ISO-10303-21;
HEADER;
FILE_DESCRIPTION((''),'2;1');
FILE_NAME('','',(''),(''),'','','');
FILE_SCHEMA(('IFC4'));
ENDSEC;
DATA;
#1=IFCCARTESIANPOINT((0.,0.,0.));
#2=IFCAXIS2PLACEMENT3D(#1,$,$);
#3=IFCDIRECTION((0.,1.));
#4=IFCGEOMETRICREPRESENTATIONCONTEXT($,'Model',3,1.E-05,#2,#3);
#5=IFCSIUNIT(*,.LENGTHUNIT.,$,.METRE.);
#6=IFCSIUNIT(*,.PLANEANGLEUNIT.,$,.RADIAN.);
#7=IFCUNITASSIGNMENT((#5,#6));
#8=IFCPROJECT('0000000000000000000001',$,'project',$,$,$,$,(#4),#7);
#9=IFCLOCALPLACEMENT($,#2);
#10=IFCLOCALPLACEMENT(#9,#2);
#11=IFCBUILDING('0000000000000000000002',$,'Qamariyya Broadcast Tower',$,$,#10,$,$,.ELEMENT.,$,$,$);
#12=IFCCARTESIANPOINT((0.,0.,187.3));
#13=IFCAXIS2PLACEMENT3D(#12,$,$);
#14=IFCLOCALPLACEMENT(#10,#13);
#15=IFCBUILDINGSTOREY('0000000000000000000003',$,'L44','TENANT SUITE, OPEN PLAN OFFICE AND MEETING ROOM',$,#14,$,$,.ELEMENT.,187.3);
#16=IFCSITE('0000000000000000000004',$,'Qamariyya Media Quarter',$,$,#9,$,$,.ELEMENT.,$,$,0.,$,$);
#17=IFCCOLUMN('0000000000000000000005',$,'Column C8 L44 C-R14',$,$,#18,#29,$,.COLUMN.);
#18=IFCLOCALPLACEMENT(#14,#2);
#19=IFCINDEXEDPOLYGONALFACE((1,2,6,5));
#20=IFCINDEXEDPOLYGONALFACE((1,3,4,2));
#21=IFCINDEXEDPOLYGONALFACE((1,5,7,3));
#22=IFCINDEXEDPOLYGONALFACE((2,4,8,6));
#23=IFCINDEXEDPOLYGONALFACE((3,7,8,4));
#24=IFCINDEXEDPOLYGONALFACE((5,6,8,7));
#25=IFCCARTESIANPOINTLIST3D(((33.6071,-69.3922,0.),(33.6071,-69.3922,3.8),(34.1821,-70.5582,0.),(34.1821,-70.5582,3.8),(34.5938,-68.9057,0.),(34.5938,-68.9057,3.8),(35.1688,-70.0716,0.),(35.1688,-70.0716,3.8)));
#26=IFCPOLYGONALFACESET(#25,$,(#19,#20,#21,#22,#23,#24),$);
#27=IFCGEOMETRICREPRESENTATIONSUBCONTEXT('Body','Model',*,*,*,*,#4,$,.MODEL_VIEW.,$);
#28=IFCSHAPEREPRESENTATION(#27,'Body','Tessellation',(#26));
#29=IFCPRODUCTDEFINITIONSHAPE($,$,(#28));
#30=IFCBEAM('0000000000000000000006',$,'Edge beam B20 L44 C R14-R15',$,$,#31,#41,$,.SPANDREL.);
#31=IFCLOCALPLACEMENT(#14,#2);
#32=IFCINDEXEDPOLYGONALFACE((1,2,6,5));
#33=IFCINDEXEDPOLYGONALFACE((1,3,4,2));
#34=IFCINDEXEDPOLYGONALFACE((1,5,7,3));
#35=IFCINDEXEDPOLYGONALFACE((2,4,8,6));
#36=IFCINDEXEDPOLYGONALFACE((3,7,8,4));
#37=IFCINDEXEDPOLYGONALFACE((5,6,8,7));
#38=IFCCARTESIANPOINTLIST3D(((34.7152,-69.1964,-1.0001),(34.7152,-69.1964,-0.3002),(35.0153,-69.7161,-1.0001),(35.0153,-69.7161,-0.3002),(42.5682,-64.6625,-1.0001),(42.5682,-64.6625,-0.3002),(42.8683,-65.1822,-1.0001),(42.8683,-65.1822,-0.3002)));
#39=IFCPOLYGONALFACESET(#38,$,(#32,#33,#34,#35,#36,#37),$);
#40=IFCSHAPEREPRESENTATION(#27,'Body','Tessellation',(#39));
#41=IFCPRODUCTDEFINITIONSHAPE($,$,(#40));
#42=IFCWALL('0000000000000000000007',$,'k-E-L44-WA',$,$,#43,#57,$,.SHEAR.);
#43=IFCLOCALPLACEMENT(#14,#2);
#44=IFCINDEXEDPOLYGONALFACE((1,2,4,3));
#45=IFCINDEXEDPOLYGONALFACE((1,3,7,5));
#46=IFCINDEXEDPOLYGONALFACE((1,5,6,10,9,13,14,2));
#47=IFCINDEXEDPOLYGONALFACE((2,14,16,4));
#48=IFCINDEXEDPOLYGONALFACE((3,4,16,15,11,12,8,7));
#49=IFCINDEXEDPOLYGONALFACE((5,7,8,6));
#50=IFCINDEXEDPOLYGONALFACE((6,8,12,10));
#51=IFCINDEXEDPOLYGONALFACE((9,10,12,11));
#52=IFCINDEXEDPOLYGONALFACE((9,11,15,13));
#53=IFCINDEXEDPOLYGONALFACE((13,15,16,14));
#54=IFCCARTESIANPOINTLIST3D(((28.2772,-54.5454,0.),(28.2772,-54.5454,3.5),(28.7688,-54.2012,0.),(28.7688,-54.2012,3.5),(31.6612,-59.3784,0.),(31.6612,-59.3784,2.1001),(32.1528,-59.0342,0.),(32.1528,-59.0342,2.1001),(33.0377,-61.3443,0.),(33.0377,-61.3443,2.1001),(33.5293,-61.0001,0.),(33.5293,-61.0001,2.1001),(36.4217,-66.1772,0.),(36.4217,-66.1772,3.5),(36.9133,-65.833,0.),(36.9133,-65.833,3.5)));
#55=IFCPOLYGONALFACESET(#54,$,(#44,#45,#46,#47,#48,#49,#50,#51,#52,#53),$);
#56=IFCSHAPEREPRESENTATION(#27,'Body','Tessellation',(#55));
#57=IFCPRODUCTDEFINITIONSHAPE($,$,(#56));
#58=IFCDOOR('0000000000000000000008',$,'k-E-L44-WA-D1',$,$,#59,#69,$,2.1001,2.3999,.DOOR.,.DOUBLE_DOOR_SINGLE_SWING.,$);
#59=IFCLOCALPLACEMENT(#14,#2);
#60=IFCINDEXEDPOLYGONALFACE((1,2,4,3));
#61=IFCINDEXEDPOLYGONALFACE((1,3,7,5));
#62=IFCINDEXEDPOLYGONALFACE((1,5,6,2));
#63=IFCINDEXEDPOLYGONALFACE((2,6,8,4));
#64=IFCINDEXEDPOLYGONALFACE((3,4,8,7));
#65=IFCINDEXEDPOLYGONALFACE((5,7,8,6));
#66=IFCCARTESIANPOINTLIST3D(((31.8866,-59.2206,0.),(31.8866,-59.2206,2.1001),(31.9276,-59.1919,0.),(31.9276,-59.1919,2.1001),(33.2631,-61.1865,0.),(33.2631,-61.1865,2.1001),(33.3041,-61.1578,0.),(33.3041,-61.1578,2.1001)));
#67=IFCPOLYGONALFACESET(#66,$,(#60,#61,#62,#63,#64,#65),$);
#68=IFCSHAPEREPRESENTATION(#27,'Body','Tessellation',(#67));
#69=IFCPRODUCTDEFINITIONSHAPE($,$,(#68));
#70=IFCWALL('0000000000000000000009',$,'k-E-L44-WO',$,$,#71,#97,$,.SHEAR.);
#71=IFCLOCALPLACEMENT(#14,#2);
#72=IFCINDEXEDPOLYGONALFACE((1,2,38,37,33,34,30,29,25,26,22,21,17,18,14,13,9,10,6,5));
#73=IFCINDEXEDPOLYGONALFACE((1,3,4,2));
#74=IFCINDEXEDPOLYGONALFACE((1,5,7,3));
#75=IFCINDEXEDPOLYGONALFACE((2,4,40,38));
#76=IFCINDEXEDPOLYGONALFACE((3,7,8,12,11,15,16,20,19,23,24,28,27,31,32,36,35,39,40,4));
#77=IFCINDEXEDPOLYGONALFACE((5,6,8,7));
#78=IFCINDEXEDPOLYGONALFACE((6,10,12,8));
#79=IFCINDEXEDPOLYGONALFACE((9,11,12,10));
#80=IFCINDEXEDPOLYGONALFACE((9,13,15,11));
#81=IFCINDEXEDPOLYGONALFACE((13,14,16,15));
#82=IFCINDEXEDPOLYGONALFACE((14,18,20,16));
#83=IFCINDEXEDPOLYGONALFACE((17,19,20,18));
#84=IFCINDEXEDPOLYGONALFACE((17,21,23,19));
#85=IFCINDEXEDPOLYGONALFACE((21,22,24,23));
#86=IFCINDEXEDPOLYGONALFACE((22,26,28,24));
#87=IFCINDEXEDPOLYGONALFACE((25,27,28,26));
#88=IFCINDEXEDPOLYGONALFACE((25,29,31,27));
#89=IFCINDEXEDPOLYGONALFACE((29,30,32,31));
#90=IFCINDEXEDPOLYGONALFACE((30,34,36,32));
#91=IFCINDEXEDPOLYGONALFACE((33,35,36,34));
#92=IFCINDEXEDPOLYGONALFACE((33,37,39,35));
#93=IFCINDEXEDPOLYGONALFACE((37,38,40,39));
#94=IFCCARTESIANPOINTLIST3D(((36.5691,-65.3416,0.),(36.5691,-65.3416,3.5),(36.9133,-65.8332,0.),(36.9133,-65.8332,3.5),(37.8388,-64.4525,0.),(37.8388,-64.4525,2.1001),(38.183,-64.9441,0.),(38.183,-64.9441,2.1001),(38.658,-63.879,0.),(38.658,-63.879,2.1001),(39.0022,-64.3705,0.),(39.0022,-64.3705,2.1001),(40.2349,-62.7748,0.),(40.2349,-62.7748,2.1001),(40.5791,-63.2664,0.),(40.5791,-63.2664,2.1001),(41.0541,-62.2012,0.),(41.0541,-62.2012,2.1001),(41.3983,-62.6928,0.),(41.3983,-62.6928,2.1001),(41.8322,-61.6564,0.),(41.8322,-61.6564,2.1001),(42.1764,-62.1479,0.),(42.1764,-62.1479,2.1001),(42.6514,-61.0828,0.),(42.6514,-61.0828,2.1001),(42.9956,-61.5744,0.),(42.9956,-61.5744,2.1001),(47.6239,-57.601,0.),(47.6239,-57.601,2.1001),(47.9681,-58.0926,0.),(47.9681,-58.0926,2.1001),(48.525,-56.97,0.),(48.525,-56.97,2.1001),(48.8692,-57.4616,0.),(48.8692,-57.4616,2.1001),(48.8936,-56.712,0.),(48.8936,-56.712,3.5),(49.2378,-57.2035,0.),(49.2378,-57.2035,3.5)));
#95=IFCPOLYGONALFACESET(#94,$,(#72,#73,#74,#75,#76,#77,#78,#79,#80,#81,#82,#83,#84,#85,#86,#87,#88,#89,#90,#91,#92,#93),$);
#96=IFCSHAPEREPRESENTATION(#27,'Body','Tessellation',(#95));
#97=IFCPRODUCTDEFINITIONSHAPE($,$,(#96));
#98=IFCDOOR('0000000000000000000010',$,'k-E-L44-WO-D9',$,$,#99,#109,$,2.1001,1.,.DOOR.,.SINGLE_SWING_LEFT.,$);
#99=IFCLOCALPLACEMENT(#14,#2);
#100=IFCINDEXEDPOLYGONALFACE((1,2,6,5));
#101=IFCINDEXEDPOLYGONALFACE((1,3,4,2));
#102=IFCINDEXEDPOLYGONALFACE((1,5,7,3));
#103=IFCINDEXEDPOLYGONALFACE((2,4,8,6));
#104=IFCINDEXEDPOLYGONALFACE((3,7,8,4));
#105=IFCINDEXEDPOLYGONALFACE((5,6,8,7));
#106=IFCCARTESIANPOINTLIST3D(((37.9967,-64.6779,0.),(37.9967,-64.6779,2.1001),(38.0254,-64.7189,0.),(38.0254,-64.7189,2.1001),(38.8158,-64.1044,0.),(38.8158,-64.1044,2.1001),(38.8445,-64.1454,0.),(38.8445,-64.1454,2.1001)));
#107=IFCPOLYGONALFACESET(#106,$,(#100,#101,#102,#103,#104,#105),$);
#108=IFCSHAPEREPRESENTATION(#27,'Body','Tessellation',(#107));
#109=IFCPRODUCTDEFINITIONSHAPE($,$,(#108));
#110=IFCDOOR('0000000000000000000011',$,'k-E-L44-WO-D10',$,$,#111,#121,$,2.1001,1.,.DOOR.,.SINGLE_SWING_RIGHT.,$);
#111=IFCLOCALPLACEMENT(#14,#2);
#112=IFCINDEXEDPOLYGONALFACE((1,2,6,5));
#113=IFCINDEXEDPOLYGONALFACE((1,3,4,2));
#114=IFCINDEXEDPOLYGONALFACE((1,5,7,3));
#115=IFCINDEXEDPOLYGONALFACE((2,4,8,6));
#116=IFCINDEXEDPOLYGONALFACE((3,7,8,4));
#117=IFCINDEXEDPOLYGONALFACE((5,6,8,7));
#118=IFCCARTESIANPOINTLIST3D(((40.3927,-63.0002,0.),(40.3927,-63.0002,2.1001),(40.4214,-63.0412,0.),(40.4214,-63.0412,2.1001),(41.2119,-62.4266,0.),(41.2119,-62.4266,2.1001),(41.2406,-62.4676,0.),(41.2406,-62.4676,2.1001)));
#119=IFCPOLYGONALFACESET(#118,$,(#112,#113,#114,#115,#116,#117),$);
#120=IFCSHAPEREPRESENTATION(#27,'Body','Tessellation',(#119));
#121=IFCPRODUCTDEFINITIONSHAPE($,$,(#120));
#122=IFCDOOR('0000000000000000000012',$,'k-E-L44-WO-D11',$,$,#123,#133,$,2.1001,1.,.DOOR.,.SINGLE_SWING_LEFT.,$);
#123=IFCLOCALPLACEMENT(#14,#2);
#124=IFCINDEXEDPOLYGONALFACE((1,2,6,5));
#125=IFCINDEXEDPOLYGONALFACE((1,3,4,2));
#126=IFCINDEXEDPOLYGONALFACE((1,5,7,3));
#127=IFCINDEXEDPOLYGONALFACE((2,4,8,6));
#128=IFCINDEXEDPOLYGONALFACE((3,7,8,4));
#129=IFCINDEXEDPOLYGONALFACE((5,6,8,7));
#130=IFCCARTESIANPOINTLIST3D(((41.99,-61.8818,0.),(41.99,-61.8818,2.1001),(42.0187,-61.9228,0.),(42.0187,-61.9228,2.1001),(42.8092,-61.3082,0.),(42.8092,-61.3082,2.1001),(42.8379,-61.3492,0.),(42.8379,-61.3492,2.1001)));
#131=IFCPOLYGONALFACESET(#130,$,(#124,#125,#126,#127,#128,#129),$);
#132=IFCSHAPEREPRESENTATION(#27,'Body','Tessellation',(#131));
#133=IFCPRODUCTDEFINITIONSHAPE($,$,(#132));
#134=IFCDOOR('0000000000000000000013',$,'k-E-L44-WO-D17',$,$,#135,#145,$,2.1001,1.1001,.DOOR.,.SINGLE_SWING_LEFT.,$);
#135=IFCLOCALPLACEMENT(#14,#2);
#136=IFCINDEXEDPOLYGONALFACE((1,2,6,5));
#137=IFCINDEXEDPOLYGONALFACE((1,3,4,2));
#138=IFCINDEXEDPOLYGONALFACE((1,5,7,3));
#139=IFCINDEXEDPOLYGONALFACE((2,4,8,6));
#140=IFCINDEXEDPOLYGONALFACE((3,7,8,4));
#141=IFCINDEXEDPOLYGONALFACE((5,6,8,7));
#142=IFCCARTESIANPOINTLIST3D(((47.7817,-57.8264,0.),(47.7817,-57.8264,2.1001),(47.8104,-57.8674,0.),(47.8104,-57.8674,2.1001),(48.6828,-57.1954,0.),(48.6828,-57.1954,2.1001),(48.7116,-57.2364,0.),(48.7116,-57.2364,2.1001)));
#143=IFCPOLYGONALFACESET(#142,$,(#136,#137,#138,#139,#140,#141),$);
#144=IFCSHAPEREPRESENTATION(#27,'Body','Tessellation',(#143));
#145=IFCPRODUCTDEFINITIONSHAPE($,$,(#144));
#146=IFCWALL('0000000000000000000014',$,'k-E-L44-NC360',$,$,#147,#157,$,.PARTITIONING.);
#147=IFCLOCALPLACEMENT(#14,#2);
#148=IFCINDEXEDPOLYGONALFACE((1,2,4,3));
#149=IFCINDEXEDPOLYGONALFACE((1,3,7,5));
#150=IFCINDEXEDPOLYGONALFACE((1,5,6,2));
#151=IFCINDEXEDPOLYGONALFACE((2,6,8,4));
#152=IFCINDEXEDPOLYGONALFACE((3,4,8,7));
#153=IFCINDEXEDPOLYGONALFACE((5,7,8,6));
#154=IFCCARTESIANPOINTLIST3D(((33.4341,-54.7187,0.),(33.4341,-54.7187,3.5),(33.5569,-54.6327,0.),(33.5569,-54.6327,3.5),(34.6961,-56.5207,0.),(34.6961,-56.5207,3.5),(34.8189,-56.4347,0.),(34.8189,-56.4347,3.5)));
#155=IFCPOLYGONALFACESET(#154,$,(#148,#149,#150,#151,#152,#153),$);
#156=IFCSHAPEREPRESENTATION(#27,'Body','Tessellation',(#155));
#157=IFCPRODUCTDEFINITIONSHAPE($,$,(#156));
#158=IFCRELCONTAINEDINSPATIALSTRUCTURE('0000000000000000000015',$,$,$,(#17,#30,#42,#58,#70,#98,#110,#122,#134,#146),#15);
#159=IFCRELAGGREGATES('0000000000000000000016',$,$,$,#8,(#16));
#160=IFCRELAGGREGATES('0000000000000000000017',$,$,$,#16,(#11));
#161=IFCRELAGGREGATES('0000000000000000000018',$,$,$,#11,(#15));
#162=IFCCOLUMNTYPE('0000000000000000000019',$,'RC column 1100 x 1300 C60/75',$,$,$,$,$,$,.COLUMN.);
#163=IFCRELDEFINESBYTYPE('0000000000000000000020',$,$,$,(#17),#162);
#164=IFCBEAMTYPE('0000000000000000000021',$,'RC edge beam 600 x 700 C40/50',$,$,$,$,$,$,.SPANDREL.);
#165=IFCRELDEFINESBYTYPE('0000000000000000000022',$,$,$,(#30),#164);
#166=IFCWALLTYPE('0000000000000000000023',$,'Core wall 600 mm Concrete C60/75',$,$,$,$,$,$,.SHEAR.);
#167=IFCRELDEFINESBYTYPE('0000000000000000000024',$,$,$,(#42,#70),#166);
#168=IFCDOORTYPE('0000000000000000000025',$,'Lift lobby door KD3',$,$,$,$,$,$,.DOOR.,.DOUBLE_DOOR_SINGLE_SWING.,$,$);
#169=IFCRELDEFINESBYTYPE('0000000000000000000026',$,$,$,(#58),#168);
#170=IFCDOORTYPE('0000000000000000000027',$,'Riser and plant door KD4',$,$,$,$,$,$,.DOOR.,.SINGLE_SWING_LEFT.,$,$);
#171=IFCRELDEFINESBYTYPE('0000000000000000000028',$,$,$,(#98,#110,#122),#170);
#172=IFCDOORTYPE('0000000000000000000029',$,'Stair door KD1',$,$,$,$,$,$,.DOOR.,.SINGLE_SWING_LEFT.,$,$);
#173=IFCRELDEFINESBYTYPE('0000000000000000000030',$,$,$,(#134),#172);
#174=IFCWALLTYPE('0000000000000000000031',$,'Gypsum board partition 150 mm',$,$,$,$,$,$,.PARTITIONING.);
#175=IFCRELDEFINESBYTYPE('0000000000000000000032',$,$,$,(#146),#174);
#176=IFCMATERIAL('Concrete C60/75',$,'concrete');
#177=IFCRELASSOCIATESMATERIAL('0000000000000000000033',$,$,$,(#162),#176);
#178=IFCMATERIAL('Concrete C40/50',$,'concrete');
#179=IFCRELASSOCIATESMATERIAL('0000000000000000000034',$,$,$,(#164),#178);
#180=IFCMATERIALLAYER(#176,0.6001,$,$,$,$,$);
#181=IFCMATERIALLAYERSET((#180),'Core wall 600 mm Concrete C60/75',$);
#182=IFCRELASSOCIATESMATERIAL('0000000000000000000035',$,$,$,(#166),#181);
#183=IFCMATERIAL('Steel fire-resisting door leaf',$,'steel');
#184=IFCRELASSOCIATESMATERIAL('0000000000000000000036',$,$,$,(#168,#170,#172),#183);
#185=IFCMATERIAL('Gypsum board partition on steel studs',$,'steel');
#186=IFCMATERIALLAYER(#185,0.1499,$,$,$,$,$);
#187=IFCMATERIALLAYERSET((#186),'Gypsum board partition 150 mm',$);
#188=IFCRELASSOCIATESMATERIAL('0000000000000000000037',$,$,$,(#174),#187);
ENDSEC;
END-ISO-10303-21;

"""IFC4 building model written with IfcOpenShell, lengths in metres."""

from ifc_helpers import new_model, si_unit, direction, frame, frame_2d, origin, origin_2d, place, context, subcontext, project, spatial, rectangle, extrude, material, layer, layer_set, material_profile, profile_set, type_object, element, fill, save


model = new_model("IFC4")

# Units and contexts
model_context = context("Model", 3, precision=1e-05, world=origin(), true_north=direction((0.0, 1.0)))
body_context = subcontext(model_context, "Body", "Model", "MODEL_VIEW")
ifc_project = project(units=[si_unit("LENGTHUNIT", "METRE"), si_unit("PLANEANGLEUNIT", "RADIAN")], contexts=[model_context])

# Site, building, storey
site_placement = place(None, origin())
site = spatial("IfcSite", under=ifc_project, at=site_placement, Name="Qamariyya Media Quarter", CompositionType="ELEMENT", RefElevation=0.0)
building_placement = place(site_placement, origin())
building = spatial("IfcBuilding", under=site, at=building_placement, Name="Qamariyya Broadcast Tower", CompositionType="ELEMENT")
storey_placement = place(building_placement, frame((0.0, 0.0, 187.3)))
storey = spatial("IfcBuildingStorey", under=building, at=storey_placement, Name="L44", Description="TENANT SUITE, OPEN PLAN OFFICE AND MEETING ROOM", CompositionType="ELEMENT", Elevation=187.3)

# Column
ifc_material_1 = material(Name="Concrete C60/75", Category="concrete")
ifc_material_profile_1 = material_profile(ifc_material_1, rectangle(XDim=1.1001, YDim=1.3, at=origin_2d()))
ifc_profile_set_1 = profile_set([ifc_material_profile_1], Name="Concrete C60/75")
column_type = type_object("IfcColumnType", Name="RC column 1100 x 1300 C60/75", PredefinedType="COLUMN", material=ifc_profile_set_1)
column_placement = place(storey_placement, frame((34.3879, -69.7319, 0.0), z_axis=(0.0, 0.0, 1.0), x_axis=(0.896873, 0.442289, 0.0)))
element("IfcColumn", 1, at=column_placement, inside=storey, type_object=column_type, Name="Column C8 L44 C-R14", PredefinedType="COLUMN", context=body_context, shape_type="SweptSolid", body=[
    extrude(rectangle(XDim=1.1001, YDim=1.3, at=origin_2d()), origin(), (0.0, 0.0, 1.0), 3.8),
])

# Beam
ifc_material_2 = material(Name="Concrete C40/50", Category="concrete")
ifc_material_profile_2 = material_profile(ifc_material_2, rectangle(XDim=0.6001, YDim=0.7, at=origin_2d()))
ifc_profile_set_2 = profile_set([ifc_material_profile_2], Name="Concrete C40/50")
beam_type = type_object("IfcBeamType", Name="RC edge beam 600 x 700 C40/50", PredefinedType="SPANDREL", material=ifc_profile_set_2)
beam_placement = place(storey_placement, frame((34.8652, -69.4563, -0.6501), z_axis=(0.866026, 0.499999, 0.0), x_axis=(-0.499999, 0.866026, 0.0)))
element("IfcBeam", 2, at=beam_placement, inside=storey, type_object=beam_type, Name="Edge beam B20 L44 C R14-R15", PredefinedType="SPANDREL", context=body_context, shape_type="SweptSolid", body=[
    extrude(rectangle(XDim=0.6001, YDim=0.7, at=origin_2d()), origin(), (0.0, 0.0, 1.0), 9.0679),
])

# Wall, opening, door
ifc_layer_1 = layer(ifc_material_1, 0.6001)
ifc_layer_set_1 = layer_set([ifc_layer_1], Name="Core wall 600 mm Concrete C60/75")
wall_type_1 = type_object("IfcWallType", Name="Core wall 600 mm Concrete C60/75", PredefinedType="SHEAR", material=ifc_layer_set_1)
wall_1_placement = place(storey_placement, frame((36.6675, -66.0051, 0.0), z_axis=(0.0, 0.0, 1.0), x_axis=(-0.573568, 0.819158, 0.0)))
wall_1 = element("IfcWall", 3, at=wall_1_placement, inside=storey, type_object=wall_type_1, Name="k-E-L44-WA", PredefinedType="SHEAR", context=body_context, shape_type="SweptSolid", body=[
    extrude(rectangle(XDim=14.1997, YDim=0.6001, at=frame_2d((7.0999, 0.0))), origin(), (0.0, 0.0, 1.0), 3.5),
])
opening_1_placement = place(wall_1_placement, frame((5.8999, 0.0, 0.0)))
opening_1 = element("IfcOpeningElement", 4, at=opening_1_placement, cuts=wall_1, PredefinedType="OPENING", context=body_context, shape_type="SweptSolid", body=[
    extrude(rectangle(XDim=2.3999, YDim=2.1001, at=frame_2d((1.2, 1.05))), frame((0.0, 0.3101, 0.0), z_axis=(0.0, -1.0, 0.0), x_axis=(1.0, 0.0, 0.0)), (0.0, 0.0, 1.0), 0.6201),
])
ifc_material_3 = material(Name="Steel fire-resisting door leaf", Category="steel")
door_type_1 = type_object("IfcDoorType", Name="Lift lobby door KD3", OperationType="DOUBLE_DOOR_SINGLE_SWING", PredefinedType="DOOR", material=ifc_material_3)
door_1_placement = place(opening_1_placement, origin())
door_1 = element("IfcDoor", 5, at=door_1_placement, inside=storey, type_object=door_type_1, Name="k-E-L44-WA-D1", OperationType="DOUBLE_DOOR_SINGLE_SWING", OverallHeight=2.1001, OverallWidth=2.3999, PredefinedType="DOOR", context=body_context, shape_type="SweptSolid", body=[
    extrude(rectangle(XDim=2.3999, YDim=2.1001, at=frame_2d((1.2, 1.05))), frame((0.0, 0.0249, 0.0), z_axis=(0.0, -1.0, 0.0), x_axis=(1.0, 0.0, 0.0)), (0.0, 0.0, 1.0), 0.05),
])
fill(opening_1, door_1)

# Wall, openings, doors
wall_2_placement = place(storey_placement, frame((36.7412, -65.5874, 0.0), z_axis=(0.0, 0.0, 1.0), x_axis=(0.819153, 0.573575, 0.0)))
wall_2 = element("IfcWall", 6, at=wall_2_placement, inside=storey, type_object=wall_type_1, Name="k-E-L44-WO", PredefinedType="SHEAR", context=body_context, shape_type="SweptSolid", body=[
    extrude(rectangle(XDim=15.0454, YDim=0.6001, at=frame_2d((7.5227, 0.0))), origin(), (0.0, 0.0, 1.0), 3.5),
])
opening_2_placement = place(wall_2_placement, frame((1.55, 0.0, 0.0)))
opening_2 = element("IfcOpeningElement", 7, at=opening_2_placement, cuts=wall_2, PredefinedType="OPENING", context=body_context, shape_type="SweptSolid", body=[
    extrude(rectangle(XDim=1.0, YDim=2.1001, at=frame_2d((0.5, 1.05))), frame((0.0, 0.3101, 0.0), z_axis=(0.0, -1.0, 0.0), x_axis=(1.0, 0.0, 0.0)), (0.0, 0.0, 1.0), 0.6201),
])
opening_3_placement = place(wall_2_placement, frame((4.4751, 0.0, 0.0)))
opening_3 = element("IfcOpeningElement", 8, at=opening_3_placement, cuts=wall_2, PredefinedType="OPENING", context=body_context, shape_type="SweptSolid", body=[
    extrude(rectangle(XDim=1.0, YDim=2.1001, at=frame_2d((0.5, 1.05))), frame((0.0, 0.3101, 0.0), z_axis=(0.0, -1.0, 0.0), x_axis=(1.0, 0.0, 0.0)), (0.0, 0.0, 1.0), 0.6201),
])
opening_4_placement = place(wall_2_placement, frame((6.425, 0.0, 0.0)))
opening_4 = element("IfcOpeningElement", 9, at=opening_4_placement, cuts=wall_2, PredefinedType="OPENING", context=body_context, shape_type="SweptSolid", body=[
    extrude(rectangle(XDim=1.0, YDim=2.1001, at=frame_2d((0.5, 1.05))), frame((0.0, 0.3101, 0.0), z_axis=(0.0, -1.0, 0.0), x_axis=(1.0, 0.0, 0.0)), (0.0, 0.0, 1.0), 0.6201),
])
opening_5_placement = place(wall_2_placement, frame((13.4954, 0.0, 0.0)))
opening_5 = element("IfcOpeningElement", 10, at=opening_5_placement, cuts=wall_2, PredefinedType="OPENING", context=body_context, shape_type="SweptSolid", body=[
    extrude(rectangle(XDim=1.1001, YDim=2.1001, at=frame_2d((0.55, 1.05))), frame((0.0, 0.3101, 0.0), z_axis=(0.0, -1.0, 0.0), x_axis=(1.0, 0.0, 0.0)), (0.0, 0.0, 1.0), 0.6201),
])
door_type_2 = type_object("IfcDoorType", Name="Riser and plant door KD4", OperationType="SINGLE_SWING_LEFT", PredefinedType="DOOR", material=ifc_material_3)
door_2_placement = place(opening_2_placement, origin())
door_2 = element("IfcDoor", 11, at=door_2_placement, inside=storey, type_object=door_type_2, Name="k-E-L44-WO-D9", OperationType="SINGLE_SWING_LEFT", OverallHeight=2.1001, OverallWidth=1.0, PredefinedType="DOOR", context=body_context, shape_type="SweptSolid", body=[
    extrude(rectangle(XDim=1.0, YDim=2.1001, at=frame_2d((0.5, 1.05))), frame((0.0, 0.0249, 0.0), z_axis=(0.0, -1.0, 0.0), x_axis=(1.0, 0.0, 0.0)), (0.0, 0.0, 1.0), 0.05),
])
fill(opening_2, door_2)
door_3_placement = place(opening_3_placement, origin())
door_3 = element("IfcDoor", 12, at=door_3_placement, inside=storey, type_object=door_type_2, Name="k-E-L44-WO-D10", OperationType="SINGLE_SWING_RIGHT", OverallHeight=2.1001, OverallWidth=1.0, PredefinedType="DOOR", context=body_context, shape_type="SweptSolid", body=[
    extrude(rectangle(XDim=1.0, YDim=2.1001, at=frame_2d((0.5, 1.05))), frame((0.0, 0.0249, 0.0), z_axis=(0.0, -1.0, 0.0), x_axis=(1.0, 0.0, 0.0)), (0.0, 0.0, 1.0), 0.05),
])
fill(opening_3, door_3)
door_4_placement = place(opening_4_placement, origin())
door_4 = element("IfcDoor", 13, at=door_4_placement, inside=storey, type_object=door_type_2, Name="k-E-L44-WO-D11", OperationType="SINGLE_SWING_LEFT", OverallHeight=2.1001, OverallWidth=1.0, PredefinedType="DOOR", context=body_context, shape_type="SweptSolid", body=[
    extrude(rectangle(XDim=1.0, YDim=2.1001, at=frame_2d((0.5, 1.05))), frame((0.0, 0.0249, 0.0), z_axis=(0.0, -1.0, 0.0), x_axis=(1.0, 0.0, 0.0)), (0.0, 0.0, 1.0), 0.05),
])
fill(opening_4, door_4)
door_type_3 = type_object("IfcDoorType", Name="Stair door KD1", OperationType="SINGLE_SWING_LEFT", PredefinedType="DOOR", material=ifc_material_3)
door_5_placement = place(opening_5_placement, origin())
door_5 = element("IfcDoor", 14, at=door_5_placement, inside=storey, type_object=door_type_3, Name="k-E-L44-WO-D17", OperationType="SINGLE_SWING_LEFT", OverallHeight=2.1001, OverallWidth=1.1001, PredefinedType="DOOR", context=body_context, shape_type="SweptSolid", body=[
    extrude(rectangle(XDim=1.1001, YDim=2.1001, at=frame_2d((0.55, 1.05))), frame((0.0, 0.0249, 0.0), z_axis=(0.0, -1.0, 0.0), x_axis=(1.0, 0.0, 0.0)), (0.0, 0.0, 1.0), 0.05),
])
fill(opening_5, door_5)

# Wall
ifc_material_4 = material(Name="Gypsum board partition on steel studs", Category="steel")
ifc_layer_2 = layer(ifc_material_4, 0.1499)
ifc_layer_set_2 = layer_set([ifc_layer_2], Name="Gypsum board partition 150 mm")
wall_type_2 = type_object("IfcWallType", Name="Gypsum board partition 150 mm", PredefinedType="PARTITIONING", material=ifc_layer_set_2)
wall_3_placement = place(storey_placement, frame((34.7576, -56.4778, 0.0), z_axis=(0.0, 0.0, 1.0), x_axis=(-0.573634, 0.819112, 0.0)))
element("IfcWall", 15, at=wall_3_placement, inside=storey, type_object=wall_type_2, Name="k-E-L44-NC360", PredefinedType="PARTITIONING", context=body_context, shape_type="SweptSolid", body=[
    extrude(rectangle(XDim=2.2, YDim=0.1499, at=frame_2d((1.1001, 0.0))), origin(), (0.0, 0.0, 1.0), 3.5),
])

save(model, "model.ifc")
